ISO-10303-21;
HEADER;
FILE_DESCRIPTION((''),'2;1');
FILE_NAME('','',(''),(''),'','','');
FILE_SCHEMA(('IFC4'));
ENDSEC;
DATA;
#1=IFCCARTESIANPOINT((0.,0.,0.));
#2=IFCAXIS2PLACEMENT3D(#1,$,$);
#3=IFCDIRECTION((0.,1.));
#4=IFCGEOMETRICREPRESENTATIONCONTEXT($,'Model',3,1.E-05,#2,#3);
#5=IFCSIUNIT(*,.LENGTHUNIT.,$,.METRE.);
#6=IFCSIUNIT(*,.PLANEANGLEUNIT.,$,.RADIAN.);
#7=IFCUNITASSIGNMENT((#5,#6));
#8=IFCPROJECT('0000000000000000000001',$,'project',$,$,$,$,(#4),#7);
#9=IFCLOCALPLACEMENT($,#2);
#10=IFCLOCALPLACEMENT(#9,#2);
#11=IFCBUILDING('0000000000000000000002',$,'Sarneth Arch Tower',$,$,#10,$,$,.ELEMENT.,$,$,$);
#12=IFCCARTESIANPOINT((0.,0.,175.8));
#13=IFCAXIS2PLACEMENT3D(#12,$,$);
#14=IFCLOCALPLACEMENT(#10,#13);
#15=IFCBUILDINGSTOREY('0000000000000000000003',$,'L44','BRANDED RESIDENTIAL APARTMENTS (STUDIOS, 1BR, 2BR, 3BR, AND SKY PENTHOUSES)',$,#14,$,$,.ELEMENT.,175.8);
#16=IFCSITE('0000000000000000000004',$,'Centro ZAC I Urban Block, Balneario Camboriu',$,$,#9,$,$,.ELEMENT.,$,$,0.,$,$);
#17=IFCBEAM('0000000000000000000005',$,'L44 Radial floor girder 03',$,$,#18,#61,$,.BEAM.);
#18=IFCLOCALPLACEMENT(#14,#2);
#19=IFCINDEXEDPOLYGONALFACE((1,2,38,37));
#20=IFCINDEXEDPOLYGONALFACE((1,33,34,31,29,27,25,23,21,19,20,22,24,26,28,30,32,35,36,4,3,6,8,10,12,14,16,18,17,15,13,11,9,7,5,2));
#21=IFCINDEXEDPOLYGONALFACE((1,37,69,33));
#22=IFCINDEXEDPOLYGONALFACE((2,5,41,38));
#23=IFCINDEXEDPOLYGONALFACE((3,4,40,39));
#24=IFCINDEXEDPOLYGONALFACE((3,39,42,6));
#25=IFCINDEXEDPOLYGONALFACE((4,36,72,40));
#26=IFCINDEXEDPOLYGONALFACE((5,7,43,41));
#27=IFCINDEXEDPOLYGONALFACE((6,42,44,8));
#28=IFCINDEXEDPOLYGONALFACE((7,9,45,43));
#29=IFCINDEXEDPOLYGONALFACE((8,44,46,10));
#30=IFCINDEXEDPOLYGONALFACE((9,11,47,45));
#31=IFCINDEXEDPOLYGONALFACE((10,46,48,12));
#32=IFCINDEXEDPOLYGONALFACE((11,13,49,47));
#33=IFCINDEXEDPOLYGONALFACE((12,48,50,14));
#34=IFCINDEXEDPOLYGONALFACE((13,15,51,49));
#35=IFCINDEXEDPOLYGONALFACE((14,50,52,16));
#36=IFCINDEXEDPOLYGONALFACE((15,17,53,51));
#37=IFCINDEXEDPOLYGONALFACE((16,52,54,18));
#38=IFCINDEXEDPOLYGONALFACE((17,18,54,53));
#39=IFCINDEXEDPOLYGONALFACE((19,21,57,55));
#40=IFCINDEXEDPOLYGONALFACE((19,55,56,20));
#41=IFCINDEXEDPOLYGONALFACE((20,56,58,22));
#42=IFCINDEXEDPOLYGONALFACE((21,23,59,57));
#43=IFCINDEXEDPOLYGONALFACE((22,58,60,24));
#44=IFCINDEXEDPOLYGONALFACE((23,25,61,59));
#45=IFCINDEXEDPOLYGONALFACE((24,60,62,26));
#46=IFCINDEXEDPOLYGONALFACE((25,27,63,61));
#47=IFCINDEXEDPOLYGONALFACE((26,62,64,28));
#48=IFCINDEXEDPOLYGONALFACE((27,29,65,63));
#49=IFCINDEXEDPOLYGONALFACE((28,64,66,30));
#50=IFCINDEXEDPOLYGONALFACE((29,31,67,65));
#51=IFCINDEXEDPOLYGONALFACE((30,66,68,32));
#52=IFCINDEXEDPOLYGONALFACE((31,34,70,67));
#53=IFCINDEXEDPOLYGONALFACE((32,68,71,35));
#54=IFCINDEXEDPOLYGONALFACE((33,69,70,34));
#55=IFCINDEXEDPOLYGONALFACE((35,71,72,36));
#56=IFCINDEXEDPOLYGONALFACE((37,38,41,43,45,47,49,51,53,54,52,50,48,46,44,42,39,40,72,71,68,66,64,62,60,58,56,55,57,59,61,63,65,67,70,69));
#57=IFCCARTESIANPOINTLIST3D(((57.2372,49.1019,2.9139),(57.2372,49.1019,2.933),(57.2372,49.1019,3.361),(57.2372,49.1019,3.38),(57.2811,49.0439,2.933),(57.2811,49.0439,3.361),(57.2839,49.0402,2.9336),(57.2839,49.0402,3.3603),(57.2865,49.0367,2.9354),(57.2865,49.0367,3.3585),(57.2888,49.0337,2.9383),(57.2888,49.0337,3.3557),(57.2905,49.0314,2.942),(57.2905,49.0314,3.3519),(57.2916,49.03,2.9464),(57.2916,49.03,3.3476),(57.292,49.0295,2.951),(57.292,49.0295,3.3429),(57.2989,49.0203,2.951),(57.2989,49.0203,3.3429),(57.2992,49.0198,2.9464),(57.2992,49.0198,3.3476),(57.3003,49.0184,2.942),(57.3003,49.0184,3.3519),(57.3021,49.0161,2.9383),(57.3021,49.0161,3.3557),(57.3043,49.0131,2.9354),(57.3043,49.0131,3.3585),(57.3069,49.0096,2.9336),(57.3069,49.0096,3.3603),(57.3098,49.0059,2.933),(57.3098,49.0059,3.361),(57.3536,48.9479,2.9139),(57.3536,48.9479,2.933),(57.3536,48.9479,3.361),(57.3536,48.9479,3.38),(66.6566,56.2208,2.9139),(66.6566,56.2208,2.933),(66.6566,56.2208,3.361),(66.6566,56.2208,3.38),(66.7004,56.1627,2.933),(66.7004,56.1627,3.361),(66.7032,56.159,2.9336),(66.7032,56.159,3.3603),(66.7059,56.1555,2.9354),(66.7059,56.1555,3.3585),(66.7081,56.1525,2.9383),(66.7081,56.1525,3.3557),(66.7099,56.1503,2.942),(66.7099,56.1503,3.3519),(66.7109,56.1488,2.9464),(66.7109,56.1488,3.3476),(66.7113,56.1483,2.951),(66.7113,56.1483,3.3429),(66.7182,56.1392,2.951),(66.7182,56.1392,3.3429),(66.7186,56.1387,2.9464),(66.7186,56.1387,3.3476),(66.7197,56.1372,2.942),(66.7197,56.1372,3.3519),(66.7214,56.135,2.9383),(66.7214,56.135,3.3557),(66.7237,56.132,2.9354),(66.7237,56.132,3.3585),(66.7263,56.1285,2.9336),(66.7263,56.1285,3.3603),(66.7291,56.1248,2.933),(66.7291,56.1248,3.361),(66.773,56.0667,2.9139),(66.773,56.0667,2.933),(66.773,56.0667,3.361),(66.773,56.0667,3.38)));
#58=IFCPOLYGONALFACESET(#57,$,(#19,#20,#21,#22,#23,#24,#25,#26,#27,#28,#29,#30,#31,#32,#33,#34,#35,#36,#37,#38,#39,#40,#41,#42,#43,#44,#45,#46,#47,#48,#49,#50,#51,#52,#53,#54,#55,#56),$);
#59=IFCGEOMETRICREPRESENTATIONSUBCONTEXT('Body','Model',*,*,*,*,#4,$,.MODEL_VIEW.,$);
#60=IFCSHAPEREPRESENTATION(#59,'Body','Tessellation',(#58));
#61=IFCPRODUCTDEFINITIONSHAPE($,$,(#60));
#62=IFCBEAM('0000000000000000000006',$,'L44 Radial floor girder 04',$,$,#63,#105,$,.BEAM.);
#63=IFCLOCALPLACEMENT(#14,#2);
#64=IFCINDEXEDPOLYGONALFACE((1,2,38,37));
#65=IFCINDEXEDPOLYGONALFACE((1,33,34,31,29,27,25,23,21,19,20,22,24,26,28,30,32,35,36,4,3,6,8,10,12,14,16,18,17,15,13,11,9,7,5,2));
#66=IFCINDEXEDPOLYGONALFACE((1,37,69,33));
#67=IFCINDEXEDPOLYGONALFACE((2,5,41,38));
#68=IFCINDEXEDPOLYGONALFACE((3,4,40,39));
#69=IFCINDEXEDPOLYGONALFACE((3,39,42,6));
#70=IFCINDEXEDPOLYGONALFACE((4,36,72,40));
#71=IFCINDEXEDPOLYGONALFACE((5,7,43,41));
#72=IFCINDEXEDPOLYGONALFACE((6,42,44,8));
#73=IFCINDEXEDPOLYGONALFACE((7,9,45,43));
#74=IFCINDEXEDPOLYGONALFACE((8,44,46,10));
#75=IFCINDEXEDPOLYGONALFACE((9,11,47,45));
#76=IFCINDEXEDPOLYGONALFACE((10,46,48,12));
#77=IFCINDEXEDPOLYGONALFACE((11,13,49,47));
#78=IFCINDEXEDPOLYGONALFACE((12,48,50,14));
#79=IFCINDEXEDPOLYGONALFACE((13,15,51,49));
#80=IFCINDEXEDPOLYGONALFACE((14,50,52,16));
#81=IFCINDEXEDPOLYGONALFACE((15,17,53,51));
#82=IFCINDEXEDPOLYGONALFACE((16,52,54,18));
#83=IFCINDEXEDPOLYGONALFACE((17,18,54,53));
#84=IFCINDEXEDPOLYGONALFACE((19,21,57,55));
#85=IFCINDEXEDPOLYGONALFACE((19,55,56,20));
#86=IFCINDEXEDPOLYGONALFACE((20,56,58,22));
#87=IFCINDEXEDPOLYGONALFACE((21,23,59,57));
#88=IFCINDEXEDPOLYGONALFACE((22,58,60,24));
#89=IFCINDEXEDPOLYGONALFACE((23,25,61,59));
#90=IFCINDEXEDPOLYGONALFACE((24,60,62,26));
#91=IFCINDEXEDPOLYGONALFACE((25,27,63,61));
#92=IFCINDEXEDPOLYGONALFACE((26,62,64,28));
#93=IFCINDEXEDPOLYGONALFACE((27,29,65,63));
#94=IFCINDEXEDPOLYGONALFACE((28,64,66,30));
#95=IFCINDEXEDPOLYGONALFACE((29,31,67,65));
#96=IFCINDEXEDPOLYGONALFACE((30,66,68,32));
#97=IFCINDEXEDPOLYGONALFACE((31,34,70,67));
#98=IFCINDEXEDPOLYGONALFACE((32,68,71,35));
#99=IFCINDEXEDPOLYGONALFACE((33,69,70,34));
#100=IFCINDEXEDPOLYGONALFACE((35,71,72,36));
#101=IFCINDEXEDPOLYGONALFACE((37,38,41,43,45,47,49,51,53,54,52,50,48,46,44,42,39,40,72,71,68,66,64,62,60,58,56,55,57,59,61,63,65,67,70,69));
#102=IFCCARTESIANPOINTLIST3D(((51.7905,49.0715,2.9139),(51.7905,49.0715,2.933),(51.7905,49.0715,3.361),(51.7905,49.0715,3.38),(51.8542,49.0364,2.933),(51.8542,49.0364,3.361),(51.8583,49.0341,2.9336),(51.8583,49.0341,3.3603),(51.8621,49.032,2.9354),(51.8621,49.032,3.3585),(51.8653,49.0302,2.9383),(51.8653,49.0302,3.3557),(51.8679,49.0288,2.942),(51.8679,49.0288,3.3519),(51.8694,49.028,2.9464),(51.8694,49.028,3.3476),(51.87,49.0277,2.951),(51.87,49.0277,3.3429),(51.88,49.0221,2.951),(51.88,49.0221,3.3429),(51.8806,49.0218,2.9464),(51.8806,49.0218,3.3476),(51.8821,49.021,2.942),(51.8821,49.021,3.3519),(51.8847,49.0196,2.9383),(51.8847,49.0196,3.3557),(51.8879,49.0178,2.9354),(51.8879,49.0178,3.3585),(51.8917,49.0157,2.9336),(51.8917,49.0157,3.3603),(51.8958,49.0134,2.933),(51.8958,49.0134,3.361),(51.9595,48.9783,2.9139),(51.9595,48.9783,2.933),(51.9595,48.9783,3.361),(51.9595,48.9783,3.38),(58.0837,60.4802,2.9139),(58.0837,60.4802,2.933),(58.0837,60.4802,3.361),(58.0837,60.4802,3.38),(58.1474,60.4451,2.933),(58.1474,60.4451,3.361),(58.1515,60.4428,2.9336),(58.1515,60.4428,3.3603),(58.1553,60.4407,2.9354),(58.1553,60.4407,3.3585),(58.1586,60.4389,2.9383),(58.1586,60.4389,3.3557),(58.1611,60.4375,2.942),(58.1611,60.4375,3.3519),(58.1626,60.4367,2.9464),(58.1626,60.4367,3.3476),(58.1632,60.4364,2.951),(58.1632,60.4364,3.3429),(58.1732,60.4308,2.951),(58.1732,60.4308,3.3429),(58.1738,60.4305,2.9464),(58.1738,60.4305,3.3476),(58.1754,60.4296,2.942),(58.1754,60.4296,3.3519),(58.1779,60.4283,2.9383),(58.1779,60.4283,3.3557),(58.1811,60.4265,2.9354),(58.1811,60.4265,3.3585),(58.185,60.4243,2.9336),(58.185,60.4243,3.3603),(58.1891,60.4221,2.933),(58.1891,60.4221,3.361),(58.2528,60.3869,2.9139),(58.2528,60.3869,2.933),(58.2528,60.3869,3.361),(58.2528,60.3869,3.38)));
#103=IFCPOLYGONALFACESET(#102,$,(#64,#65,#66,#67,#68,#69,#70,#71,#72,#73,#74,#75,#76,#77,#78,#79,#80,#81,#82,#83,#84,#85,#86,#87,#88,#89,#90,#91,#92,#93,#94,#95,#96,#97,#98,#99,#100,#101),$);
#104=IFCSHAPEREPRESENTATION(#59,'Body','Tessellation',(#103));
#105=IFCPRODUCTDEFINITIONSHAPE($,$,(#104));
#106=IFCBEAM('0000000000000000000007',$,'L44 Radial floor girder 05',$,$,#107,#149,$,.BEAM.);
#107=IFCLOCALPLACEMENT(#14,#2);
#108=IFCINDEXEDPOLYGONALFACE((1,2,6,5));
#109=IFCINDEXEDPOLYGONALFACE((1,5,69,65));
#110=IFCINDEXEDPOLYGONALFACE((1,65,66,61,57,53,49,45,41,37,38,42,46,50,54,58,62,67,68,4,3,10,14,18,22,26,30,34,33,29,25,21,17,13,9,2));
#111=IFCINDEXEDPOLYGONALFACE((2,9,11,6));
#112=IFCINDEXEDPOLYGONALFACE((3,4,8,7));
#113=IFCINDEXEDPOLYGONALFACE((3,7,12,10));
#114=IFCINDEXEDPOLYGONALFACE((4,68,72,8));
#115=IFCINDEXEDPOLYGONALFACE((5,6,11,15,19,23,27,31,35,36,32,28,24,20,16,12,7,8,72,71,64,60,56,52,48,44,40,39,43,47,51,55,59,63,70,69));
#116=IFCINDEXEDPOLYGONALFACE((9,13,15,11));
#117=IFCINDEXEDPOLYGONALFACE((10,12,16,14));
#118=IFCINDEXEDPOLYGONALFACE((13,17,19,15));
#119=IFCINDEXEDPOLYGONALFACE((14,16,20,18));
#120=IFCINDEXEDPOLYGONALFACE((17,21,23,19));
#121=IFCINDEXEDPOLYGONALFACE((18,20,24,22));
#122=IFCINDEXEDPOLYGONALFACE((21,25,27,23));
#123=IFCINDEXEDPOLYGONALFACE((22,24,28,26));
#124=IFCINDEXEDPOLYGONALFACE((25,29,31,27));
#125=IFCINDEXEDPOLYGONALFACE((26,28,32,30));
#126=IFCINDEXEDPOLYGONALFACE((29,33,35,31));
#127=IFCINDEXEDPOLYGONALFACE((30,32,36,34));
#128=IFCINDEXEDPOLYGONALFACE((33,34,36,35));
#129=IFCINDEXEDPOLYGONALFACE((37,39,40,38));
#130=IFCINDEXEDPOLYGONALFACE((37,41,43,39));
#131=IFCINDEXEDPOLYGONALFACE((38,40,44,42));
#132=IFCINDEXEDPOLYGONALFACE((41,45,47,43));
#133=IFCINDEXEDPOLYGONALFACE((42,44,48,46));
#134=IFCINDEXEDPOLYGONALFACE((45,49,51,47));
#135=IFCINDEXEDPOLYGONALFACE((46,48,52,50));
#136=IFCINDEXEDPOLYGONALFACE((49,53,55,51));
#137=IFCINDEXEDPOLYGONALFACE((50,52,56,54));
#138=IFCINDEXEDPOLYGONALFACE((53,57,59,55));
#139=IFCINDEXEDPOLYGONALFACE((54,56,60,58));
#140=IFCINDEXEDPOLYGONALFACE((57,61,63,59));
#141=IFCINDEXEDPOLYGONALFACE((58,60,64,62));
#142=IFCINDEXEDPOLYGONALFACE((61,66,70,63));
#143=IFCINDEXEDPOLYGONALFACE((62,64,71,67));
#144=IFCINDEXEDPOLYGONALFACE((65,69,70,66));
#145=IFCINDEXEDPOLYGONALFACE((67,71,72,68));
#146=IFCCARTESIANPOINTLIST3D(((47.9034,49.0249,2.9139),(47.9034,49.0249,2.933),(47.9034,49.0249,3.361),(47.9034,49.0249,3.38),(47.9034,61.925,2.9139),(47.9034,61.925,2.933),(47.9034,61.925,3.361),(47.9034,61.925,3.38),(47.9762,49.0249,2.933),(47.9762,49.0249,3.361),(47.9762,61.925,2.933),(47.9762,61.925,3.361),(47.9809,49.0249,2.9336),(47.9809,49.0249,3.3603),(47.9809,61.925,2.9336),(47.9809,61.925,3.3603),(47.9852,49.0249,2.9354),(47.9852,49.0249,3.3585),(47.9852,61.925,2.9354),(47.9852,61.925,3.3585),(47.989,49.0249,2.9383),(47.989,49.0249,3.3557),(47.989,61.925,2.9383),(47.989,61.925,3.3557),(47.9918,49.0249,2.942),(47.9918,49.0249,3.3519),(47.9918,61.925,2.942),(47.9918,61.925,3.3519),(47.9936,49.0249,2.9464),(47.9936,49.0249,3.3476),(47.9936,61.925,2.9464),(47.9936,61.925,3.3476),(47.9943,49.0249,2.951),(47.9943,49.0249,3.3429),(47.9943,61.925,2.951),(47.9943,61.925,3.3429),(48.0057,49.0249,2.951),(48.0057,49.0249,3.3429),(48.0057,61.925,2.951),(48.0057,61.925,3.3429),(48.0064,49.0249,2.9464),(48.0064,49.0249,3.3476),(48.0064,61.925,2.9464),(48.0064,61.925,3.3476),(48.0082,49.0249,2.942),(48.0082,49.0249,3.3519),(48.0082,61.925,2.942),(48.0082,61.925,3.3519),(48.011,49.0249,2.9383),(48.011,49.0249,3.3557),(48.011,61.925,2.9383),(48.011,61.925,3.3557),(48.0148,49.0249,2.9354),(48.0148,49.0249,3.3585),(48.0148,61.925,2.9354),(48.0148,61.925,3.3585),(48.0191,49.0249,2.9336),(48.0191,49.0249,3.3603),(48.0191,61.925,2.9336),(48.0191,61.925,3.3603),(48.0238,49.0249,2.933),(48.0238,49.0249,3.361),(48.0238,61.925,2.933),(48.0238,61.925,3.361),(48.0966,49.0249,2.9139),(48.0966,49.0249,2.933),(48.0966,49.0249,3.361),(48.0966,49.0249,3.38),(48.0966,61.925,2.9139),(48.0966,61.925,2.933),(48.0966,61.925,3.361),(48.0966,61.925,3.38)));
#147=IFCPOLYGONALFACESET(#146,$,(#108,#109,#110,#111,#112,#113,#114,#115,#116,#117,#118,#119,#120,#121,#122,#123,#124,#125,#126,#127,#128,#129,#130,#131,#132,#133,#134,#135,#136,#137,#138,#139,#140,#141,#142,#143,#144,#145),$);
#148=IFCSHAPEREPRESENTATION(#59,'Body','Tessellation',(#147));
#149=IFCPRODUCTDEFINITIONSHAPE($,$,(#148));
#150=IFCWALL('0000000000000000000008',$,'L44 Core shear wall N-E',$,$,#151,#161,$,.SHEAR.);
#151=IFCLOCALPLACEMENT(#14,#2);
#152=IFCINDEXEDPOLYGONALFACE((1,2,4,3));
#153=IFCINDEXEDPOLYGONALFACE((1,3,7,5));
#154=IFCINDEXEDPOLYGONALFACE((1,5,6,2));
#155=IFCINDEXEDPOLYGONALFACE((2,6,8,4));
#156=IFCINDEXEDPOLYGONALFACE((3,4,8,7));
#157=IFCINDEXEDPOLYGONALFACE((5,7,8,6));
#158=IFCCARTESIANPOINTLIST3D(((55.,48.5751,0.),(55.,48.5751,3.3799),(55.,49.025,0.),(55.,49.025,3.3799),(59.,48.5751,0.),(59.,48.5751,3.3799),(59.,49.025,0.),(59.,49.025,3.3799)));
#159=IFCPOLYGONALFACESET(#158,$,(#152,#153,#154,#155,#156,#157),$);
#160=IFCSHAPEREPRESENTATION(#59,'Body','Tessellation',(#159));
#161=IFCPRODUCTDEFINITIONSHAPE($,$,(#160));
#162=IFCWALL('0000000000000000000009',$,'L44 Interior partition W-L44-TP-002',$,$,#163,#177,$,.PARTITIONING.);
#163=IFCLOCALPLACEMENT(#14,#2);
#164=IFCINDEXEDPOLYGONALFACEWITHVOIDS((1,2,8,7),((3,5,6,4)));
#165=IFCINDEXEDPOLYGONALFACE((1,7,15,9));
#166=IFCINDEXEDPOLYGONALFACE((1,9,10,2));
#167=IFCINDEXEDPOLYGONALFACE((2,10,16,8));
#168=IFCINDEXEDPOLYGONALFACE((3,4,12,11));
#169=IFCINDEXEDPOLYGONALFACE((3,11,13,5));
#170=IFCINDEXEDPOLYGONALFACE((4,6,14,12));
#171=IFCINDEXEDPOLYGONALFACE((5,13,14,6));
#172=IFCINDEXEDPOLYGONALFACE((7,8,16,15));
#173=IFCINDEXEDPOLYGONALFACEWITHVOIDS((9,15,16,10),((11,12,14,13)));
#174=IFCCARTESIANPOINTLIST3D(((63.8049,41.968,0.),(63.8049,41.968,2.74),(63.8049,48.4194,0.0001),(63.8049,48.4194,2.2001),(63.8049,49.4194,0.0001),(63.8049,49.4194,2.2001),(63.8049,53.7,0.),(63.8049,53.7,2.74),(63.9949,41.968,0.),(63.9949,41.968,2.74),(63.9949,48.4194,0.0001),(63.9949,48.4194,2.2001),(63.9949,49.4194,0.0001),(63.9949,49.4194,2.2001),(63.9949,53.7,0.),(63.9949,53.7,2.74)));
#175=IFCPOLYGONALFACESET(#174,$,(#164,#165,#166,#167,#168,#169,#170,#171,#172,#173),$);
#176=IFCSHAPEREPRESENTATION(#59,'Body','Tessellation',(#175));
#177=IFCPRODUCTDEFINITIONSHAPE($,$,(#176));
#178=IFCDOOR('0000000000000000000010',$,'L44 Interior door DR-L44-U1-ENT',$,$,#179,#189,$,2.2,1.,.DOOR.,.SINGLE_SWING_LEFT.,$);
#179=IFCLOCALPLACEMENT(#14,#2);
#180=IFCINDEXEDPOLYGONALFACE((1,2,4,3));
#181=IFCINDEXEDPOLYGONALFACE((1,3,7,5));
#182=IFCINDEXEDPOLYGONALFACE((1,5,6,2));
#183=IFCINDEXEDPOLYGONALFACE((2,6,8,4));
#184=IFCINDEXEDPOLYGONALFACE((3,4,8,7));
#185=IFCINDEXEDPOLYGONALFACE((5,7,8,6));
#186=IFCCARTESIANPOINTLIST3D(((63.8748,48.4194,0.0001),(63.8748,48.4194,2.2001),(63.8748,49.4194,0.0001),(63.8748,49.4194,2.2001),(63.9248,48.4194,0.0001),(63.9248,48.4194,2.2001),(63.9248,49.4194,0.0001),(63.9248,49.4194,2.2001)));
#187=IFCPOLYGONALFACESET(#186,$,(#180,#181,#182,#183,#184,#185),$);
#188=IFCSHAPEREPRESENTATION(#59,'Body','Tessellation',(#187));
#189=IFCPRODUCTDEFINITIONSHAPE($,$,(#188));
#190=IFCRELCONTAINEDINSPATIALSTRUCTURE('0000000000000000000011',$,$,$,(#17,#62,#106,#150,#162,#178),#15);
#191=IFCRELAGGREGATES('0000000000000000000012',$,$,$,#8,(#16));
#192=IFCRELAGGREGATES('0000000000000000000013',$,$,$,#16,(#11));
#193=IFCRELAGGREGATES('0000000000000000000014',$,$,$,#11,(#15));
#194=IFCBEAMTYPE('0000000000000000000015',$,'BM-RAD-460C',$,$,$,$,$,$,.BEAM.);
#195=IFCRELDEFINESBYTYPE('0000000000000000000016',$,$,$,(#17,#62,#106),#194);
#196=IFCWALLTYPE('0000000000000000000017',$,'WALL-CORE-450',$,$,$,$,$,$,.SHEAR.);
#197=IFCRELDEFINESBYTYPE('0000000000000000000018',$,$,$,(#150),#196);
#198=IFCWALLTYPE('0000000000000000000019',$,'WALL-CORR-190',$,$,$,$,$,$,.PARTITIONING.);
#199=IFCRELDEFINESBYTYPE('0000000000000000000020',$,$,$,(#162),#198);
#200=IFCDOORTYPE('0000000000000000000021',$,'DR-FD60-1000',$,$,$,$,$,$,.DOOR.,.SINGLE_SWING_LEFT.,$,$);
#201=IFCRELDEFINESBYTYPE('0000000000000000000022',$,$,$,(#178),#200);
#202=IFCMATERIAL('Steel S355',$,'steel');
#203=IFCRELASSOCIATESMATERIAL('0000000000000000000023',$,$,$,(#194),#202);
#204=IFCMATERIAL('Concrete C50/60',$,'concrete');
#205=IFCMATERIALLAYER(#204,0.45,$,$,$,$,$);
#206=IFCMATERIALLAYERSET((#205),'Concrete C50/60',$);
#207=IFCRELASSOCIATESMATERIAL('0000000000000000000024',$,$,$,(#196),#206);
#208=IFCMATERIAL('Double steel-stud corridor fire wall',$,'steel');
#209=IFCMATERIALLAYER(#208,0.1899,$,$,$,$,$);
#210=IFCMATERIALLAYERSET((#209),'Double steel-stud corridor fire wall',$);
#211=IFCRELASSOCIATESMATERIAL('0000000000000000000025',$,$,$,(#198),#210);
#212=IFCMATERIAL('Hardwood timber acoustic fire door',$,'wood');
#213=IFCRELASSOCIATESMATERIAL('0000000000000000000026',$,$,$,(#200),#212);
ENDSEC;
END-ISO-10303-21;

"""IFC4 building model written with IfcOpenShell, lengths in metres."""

from ifc_helpers import new_model, si_unit, direction, frame, frame_2d, origin, origin_2d, place, context, subcontext, project, spatial, rectangle, i_section, extrude, material, layer, layer_set, material_profile, profile_set, type_object, element, fill, save


model = new_model("IFC4")

# Units and contexts
model_context = context("Model", 3, precision=1e-05, world=origin(), true_north=direction((0.0, 1.0)))
body_context = subcontext(model_context, "Body", "Model", "MODEL_VIEW")
ifc_project = project(units=[si_unit("LENGTHUNIT", "METRE"), si_unit("PLANEANGLEUNIT", "RADIAN")], contexts=[model_context])

# Site, building, storey
site_placement = place(None, origin())
site = spatial("IfcSite", under=ifc_project, at=site_placement, Name="Centro ZAC I Urban Block, Balneario Camboriu", CompositionType="ELEMENT", RefElevation=0.0)
building_placement = place(site_placement, origin())
building = spatial("IfcBuilding", under=site, at=building_placement, Name="Sarneth Arch Tower", CompositionType="ELEMENT")
storey_placement = place(building_placement, frame((0.0, 0.0, 175.8)))
storey = spatial("IfcBuildingStorey", under=building, at=storey_placement, Name="L44", Description="BRANDED RESIDENTIAL APARTMENTS (STUDIOS, 1BR, 2BR, 3BR, AND SKY PENTHOUSES)", CompositionType="ELEMENT", Elevation=175.8)

# Beams
ifc_material_1 = material(Name="Steel S355", Category="steel")
ifc_material_profile_1 = material_profile(ifc_material_1, i_section(OverallWidth=0.1931, OverallDepth=0.4661, WebThickness=0.0115, FlangeThickness=0.019, FilletRadius=0.0181, at=origin_2d()), Name="W460x97")
ifc_profile_set_1 = profile_set([ifc_material_profile_1], Name="Steel S355")
beam_type_1 = type_object("IfcBeamType", Name="BM-RAD-460C", PredefinedType="BEAM", material=ifc_profile_set_1)
beam_1_placement = place(storey_placement, frame((57.2954, 49.0249, 3.147), z_axis=(0.797786, 0.60294, 0.0), x_axis=(-0.60294, 0.797786, 0.0)))
element("IfcBeam", 1, at=beam_1_placement, inside=storey, type_object=beam_type_1, Name="L44 Radial floor girder 03", PredefinedType="BEAM", context=body_context, shape_type="SweptSolid", body=[
    extrude(i_section(OverallWidth=0.1931, OverallDepth=0.4661, WebThickness=0.0115, FlangeThickness=0.019, FilletRadius=0.0181, at=origin_2d()), origin(), (0.0, 0.0, 1.0), 11.8069),
])
beam_2_placement = place(storey_placement, frame((51.875, 49.0249, 3.147), z_axis=(0.483005, 0.875618, 0.0), x_axis=(-0.875618, 0.483005, 0.0)))
element("IfcBeam", 2, at=beam_2_placement, inside=storey, type_object=beam_type_1, Name="L44 Radial floor girder 04", PredefinedType="BEAM", context=body_context, shape_type="SweptSolid", body=[
    extrude(i_section(OverallWidth=0.1931, OverallDepth=0.4661, WebThickness=0.0115, FlangeThickness=0.019, FilletRadius=0.0181, at=origin_2d()), origin(), (0.0, 0.0, 1.0), 13.0293),
])
beam_3_placement = place(storey_placement, frame((48.0, 49.0249, 3.147), z_axis=(0.0, 1.0, 0.0), x_axis=(-1.0, 0.0, 0.0)))
element("IfcBeam", 3, at=beam_3_placement, inside=storey, type_object=beam_type_1, Name="L44 Radial floor girder 05", PredefinedType="BEAM", context=body_context, shape_type="SweptSolid", body=[
    extrude(i_section(OverallWidth=0.1931, OverallDepth=0.4661, WebThickness=0.0115, FlangeThickness=0.019, FilletRadius=0.0181, at=origin_2d()), origin(), (0.0, 0.0, 1.0), 12.9001),
])

# Wall
ifc_material_2 = material(Name="Concrete C50/60", Category="concrete")
ifc_layer_1 = layer(ifc_material_2, 0.45)
ifc_layer_set_1 = layer_set([ifc_layer_1], Name="Concrete C50/60")
wall_type_1 = type_object("IfcWallType", Name="WALL-CORE-450", PredefinedType="SHEAR", material=ifc_layer_set_1)
wall_1_placement = place(storey_placement, frame((55.0, 48.8, 0.0), z_axis=(0.0, 0.0, 1.0), x_axis=(1.0, 0.0, 0.0)))
element("IfcWall", 4, at=wall_1_placement, inside=storey, type_object=wall_type_1, Name="L44 Core shear wall N-E", PredefinedType="SHEAR", context=body_context, shape_type="SweptSolid", body=[
    extrude(rectangle(XDim=4.0, YDim=0.45, at=frame_2d((2.0, 0.0))), origin(), (0.0, 0.0, 1.0), 3.3799),
])

# Wall, opening, door
ifc_material_3 = material(Name="Double steel-stud corridor fire wall", Category="steel")
ifc_layer_2 = layer(ifc_material_3, 0.1899)
ifc_layer_set_2 = layer_set([ifc_layer_2], Name="Double steel-stud corridor fire wall")
wall_type_2 = type_object("IfcWallType", Name="WALL-CORR-190", PredefinedType="PARTITIONING", material=ifc_layer_set_2)
wall_2_placement = place(storey_placement, frame((63.8999, 53.7, 0.0), z_axis=(0.0, 0.0, 1.0), x_axis=(0.0, -1.0, 0.0)))
wall_2 = element("IfcWall", 5, at=wall_2_placement, inside=storey, type_object=wall_type_2, Name="L44 Interior partition W-L44-TP-002", PredefinedType="PARTITIONING", context=body_context, shape_type="SweptSolid", body=[
    extrude(rectangle(XDim=11.7319, YDim=0.1899, at=frame_2d((5.866, 0.0))), origin(), (0.0, 0.0, 1.0), 2.74),
])
opening_1_placement = place(wall_2_placement, frame((4.2805, 0.0, 0.0)))
opening_1 = element("IfcOpeningElement", 6, at=opening_1_placement, cuts=wall_2, PredefinedType="OPENING", context=body_context, shape_type="SweptSolid", body=[
    extrude(rectangle(XDim=1.0, YDim=2.2, at=frame_2d((0.5, 1.1001))), frame((0.0, 0.105, 0.0), z_axis=(0.0, -1.0, 0.0), x_axis=(1.0, 0.0, 0.0)), (0.0, 0.0, 1.0), 0.21),
])
ifc_material_4 = material(Name="Hardwood timber acoustic fire door", Category="wood")
door_type_1 = type_object("IfcDoorType", Name="DR-FD60-1000", OperationType="SINGLE_SWING_LEFT", PredefinedType="DOOR", material=ifc_material_4)
door_1_placement = place(opening_1_placement, origin())
door_1 = element("IfcDoor", 7, at=door_1_placement, inside=storey, type_object=door_type_1, Name="L44 Interior door DR-L44-U1-ENT", OperationType="SINGLE_SWING_LEFT", OverallHeight=2.2, OverallWidth=1.0, PredefinedType="DOOR", context=body_context, shape_type="SweptSolid", body=[
    extrude(rectangle(XDim=1.0, YDim=2.2, at=frame_2d((0.5, 1.1001))), frame((0.0, 0.0249, 0.0), z_axis=(0.0, -1.0, 0.0), x_axis=(1.0, 0.0, 0.0)), (0.0, 0.0, 1.0), 0.05),
])
fill(opening_1, door_1)

save(model, "model.ifc")
